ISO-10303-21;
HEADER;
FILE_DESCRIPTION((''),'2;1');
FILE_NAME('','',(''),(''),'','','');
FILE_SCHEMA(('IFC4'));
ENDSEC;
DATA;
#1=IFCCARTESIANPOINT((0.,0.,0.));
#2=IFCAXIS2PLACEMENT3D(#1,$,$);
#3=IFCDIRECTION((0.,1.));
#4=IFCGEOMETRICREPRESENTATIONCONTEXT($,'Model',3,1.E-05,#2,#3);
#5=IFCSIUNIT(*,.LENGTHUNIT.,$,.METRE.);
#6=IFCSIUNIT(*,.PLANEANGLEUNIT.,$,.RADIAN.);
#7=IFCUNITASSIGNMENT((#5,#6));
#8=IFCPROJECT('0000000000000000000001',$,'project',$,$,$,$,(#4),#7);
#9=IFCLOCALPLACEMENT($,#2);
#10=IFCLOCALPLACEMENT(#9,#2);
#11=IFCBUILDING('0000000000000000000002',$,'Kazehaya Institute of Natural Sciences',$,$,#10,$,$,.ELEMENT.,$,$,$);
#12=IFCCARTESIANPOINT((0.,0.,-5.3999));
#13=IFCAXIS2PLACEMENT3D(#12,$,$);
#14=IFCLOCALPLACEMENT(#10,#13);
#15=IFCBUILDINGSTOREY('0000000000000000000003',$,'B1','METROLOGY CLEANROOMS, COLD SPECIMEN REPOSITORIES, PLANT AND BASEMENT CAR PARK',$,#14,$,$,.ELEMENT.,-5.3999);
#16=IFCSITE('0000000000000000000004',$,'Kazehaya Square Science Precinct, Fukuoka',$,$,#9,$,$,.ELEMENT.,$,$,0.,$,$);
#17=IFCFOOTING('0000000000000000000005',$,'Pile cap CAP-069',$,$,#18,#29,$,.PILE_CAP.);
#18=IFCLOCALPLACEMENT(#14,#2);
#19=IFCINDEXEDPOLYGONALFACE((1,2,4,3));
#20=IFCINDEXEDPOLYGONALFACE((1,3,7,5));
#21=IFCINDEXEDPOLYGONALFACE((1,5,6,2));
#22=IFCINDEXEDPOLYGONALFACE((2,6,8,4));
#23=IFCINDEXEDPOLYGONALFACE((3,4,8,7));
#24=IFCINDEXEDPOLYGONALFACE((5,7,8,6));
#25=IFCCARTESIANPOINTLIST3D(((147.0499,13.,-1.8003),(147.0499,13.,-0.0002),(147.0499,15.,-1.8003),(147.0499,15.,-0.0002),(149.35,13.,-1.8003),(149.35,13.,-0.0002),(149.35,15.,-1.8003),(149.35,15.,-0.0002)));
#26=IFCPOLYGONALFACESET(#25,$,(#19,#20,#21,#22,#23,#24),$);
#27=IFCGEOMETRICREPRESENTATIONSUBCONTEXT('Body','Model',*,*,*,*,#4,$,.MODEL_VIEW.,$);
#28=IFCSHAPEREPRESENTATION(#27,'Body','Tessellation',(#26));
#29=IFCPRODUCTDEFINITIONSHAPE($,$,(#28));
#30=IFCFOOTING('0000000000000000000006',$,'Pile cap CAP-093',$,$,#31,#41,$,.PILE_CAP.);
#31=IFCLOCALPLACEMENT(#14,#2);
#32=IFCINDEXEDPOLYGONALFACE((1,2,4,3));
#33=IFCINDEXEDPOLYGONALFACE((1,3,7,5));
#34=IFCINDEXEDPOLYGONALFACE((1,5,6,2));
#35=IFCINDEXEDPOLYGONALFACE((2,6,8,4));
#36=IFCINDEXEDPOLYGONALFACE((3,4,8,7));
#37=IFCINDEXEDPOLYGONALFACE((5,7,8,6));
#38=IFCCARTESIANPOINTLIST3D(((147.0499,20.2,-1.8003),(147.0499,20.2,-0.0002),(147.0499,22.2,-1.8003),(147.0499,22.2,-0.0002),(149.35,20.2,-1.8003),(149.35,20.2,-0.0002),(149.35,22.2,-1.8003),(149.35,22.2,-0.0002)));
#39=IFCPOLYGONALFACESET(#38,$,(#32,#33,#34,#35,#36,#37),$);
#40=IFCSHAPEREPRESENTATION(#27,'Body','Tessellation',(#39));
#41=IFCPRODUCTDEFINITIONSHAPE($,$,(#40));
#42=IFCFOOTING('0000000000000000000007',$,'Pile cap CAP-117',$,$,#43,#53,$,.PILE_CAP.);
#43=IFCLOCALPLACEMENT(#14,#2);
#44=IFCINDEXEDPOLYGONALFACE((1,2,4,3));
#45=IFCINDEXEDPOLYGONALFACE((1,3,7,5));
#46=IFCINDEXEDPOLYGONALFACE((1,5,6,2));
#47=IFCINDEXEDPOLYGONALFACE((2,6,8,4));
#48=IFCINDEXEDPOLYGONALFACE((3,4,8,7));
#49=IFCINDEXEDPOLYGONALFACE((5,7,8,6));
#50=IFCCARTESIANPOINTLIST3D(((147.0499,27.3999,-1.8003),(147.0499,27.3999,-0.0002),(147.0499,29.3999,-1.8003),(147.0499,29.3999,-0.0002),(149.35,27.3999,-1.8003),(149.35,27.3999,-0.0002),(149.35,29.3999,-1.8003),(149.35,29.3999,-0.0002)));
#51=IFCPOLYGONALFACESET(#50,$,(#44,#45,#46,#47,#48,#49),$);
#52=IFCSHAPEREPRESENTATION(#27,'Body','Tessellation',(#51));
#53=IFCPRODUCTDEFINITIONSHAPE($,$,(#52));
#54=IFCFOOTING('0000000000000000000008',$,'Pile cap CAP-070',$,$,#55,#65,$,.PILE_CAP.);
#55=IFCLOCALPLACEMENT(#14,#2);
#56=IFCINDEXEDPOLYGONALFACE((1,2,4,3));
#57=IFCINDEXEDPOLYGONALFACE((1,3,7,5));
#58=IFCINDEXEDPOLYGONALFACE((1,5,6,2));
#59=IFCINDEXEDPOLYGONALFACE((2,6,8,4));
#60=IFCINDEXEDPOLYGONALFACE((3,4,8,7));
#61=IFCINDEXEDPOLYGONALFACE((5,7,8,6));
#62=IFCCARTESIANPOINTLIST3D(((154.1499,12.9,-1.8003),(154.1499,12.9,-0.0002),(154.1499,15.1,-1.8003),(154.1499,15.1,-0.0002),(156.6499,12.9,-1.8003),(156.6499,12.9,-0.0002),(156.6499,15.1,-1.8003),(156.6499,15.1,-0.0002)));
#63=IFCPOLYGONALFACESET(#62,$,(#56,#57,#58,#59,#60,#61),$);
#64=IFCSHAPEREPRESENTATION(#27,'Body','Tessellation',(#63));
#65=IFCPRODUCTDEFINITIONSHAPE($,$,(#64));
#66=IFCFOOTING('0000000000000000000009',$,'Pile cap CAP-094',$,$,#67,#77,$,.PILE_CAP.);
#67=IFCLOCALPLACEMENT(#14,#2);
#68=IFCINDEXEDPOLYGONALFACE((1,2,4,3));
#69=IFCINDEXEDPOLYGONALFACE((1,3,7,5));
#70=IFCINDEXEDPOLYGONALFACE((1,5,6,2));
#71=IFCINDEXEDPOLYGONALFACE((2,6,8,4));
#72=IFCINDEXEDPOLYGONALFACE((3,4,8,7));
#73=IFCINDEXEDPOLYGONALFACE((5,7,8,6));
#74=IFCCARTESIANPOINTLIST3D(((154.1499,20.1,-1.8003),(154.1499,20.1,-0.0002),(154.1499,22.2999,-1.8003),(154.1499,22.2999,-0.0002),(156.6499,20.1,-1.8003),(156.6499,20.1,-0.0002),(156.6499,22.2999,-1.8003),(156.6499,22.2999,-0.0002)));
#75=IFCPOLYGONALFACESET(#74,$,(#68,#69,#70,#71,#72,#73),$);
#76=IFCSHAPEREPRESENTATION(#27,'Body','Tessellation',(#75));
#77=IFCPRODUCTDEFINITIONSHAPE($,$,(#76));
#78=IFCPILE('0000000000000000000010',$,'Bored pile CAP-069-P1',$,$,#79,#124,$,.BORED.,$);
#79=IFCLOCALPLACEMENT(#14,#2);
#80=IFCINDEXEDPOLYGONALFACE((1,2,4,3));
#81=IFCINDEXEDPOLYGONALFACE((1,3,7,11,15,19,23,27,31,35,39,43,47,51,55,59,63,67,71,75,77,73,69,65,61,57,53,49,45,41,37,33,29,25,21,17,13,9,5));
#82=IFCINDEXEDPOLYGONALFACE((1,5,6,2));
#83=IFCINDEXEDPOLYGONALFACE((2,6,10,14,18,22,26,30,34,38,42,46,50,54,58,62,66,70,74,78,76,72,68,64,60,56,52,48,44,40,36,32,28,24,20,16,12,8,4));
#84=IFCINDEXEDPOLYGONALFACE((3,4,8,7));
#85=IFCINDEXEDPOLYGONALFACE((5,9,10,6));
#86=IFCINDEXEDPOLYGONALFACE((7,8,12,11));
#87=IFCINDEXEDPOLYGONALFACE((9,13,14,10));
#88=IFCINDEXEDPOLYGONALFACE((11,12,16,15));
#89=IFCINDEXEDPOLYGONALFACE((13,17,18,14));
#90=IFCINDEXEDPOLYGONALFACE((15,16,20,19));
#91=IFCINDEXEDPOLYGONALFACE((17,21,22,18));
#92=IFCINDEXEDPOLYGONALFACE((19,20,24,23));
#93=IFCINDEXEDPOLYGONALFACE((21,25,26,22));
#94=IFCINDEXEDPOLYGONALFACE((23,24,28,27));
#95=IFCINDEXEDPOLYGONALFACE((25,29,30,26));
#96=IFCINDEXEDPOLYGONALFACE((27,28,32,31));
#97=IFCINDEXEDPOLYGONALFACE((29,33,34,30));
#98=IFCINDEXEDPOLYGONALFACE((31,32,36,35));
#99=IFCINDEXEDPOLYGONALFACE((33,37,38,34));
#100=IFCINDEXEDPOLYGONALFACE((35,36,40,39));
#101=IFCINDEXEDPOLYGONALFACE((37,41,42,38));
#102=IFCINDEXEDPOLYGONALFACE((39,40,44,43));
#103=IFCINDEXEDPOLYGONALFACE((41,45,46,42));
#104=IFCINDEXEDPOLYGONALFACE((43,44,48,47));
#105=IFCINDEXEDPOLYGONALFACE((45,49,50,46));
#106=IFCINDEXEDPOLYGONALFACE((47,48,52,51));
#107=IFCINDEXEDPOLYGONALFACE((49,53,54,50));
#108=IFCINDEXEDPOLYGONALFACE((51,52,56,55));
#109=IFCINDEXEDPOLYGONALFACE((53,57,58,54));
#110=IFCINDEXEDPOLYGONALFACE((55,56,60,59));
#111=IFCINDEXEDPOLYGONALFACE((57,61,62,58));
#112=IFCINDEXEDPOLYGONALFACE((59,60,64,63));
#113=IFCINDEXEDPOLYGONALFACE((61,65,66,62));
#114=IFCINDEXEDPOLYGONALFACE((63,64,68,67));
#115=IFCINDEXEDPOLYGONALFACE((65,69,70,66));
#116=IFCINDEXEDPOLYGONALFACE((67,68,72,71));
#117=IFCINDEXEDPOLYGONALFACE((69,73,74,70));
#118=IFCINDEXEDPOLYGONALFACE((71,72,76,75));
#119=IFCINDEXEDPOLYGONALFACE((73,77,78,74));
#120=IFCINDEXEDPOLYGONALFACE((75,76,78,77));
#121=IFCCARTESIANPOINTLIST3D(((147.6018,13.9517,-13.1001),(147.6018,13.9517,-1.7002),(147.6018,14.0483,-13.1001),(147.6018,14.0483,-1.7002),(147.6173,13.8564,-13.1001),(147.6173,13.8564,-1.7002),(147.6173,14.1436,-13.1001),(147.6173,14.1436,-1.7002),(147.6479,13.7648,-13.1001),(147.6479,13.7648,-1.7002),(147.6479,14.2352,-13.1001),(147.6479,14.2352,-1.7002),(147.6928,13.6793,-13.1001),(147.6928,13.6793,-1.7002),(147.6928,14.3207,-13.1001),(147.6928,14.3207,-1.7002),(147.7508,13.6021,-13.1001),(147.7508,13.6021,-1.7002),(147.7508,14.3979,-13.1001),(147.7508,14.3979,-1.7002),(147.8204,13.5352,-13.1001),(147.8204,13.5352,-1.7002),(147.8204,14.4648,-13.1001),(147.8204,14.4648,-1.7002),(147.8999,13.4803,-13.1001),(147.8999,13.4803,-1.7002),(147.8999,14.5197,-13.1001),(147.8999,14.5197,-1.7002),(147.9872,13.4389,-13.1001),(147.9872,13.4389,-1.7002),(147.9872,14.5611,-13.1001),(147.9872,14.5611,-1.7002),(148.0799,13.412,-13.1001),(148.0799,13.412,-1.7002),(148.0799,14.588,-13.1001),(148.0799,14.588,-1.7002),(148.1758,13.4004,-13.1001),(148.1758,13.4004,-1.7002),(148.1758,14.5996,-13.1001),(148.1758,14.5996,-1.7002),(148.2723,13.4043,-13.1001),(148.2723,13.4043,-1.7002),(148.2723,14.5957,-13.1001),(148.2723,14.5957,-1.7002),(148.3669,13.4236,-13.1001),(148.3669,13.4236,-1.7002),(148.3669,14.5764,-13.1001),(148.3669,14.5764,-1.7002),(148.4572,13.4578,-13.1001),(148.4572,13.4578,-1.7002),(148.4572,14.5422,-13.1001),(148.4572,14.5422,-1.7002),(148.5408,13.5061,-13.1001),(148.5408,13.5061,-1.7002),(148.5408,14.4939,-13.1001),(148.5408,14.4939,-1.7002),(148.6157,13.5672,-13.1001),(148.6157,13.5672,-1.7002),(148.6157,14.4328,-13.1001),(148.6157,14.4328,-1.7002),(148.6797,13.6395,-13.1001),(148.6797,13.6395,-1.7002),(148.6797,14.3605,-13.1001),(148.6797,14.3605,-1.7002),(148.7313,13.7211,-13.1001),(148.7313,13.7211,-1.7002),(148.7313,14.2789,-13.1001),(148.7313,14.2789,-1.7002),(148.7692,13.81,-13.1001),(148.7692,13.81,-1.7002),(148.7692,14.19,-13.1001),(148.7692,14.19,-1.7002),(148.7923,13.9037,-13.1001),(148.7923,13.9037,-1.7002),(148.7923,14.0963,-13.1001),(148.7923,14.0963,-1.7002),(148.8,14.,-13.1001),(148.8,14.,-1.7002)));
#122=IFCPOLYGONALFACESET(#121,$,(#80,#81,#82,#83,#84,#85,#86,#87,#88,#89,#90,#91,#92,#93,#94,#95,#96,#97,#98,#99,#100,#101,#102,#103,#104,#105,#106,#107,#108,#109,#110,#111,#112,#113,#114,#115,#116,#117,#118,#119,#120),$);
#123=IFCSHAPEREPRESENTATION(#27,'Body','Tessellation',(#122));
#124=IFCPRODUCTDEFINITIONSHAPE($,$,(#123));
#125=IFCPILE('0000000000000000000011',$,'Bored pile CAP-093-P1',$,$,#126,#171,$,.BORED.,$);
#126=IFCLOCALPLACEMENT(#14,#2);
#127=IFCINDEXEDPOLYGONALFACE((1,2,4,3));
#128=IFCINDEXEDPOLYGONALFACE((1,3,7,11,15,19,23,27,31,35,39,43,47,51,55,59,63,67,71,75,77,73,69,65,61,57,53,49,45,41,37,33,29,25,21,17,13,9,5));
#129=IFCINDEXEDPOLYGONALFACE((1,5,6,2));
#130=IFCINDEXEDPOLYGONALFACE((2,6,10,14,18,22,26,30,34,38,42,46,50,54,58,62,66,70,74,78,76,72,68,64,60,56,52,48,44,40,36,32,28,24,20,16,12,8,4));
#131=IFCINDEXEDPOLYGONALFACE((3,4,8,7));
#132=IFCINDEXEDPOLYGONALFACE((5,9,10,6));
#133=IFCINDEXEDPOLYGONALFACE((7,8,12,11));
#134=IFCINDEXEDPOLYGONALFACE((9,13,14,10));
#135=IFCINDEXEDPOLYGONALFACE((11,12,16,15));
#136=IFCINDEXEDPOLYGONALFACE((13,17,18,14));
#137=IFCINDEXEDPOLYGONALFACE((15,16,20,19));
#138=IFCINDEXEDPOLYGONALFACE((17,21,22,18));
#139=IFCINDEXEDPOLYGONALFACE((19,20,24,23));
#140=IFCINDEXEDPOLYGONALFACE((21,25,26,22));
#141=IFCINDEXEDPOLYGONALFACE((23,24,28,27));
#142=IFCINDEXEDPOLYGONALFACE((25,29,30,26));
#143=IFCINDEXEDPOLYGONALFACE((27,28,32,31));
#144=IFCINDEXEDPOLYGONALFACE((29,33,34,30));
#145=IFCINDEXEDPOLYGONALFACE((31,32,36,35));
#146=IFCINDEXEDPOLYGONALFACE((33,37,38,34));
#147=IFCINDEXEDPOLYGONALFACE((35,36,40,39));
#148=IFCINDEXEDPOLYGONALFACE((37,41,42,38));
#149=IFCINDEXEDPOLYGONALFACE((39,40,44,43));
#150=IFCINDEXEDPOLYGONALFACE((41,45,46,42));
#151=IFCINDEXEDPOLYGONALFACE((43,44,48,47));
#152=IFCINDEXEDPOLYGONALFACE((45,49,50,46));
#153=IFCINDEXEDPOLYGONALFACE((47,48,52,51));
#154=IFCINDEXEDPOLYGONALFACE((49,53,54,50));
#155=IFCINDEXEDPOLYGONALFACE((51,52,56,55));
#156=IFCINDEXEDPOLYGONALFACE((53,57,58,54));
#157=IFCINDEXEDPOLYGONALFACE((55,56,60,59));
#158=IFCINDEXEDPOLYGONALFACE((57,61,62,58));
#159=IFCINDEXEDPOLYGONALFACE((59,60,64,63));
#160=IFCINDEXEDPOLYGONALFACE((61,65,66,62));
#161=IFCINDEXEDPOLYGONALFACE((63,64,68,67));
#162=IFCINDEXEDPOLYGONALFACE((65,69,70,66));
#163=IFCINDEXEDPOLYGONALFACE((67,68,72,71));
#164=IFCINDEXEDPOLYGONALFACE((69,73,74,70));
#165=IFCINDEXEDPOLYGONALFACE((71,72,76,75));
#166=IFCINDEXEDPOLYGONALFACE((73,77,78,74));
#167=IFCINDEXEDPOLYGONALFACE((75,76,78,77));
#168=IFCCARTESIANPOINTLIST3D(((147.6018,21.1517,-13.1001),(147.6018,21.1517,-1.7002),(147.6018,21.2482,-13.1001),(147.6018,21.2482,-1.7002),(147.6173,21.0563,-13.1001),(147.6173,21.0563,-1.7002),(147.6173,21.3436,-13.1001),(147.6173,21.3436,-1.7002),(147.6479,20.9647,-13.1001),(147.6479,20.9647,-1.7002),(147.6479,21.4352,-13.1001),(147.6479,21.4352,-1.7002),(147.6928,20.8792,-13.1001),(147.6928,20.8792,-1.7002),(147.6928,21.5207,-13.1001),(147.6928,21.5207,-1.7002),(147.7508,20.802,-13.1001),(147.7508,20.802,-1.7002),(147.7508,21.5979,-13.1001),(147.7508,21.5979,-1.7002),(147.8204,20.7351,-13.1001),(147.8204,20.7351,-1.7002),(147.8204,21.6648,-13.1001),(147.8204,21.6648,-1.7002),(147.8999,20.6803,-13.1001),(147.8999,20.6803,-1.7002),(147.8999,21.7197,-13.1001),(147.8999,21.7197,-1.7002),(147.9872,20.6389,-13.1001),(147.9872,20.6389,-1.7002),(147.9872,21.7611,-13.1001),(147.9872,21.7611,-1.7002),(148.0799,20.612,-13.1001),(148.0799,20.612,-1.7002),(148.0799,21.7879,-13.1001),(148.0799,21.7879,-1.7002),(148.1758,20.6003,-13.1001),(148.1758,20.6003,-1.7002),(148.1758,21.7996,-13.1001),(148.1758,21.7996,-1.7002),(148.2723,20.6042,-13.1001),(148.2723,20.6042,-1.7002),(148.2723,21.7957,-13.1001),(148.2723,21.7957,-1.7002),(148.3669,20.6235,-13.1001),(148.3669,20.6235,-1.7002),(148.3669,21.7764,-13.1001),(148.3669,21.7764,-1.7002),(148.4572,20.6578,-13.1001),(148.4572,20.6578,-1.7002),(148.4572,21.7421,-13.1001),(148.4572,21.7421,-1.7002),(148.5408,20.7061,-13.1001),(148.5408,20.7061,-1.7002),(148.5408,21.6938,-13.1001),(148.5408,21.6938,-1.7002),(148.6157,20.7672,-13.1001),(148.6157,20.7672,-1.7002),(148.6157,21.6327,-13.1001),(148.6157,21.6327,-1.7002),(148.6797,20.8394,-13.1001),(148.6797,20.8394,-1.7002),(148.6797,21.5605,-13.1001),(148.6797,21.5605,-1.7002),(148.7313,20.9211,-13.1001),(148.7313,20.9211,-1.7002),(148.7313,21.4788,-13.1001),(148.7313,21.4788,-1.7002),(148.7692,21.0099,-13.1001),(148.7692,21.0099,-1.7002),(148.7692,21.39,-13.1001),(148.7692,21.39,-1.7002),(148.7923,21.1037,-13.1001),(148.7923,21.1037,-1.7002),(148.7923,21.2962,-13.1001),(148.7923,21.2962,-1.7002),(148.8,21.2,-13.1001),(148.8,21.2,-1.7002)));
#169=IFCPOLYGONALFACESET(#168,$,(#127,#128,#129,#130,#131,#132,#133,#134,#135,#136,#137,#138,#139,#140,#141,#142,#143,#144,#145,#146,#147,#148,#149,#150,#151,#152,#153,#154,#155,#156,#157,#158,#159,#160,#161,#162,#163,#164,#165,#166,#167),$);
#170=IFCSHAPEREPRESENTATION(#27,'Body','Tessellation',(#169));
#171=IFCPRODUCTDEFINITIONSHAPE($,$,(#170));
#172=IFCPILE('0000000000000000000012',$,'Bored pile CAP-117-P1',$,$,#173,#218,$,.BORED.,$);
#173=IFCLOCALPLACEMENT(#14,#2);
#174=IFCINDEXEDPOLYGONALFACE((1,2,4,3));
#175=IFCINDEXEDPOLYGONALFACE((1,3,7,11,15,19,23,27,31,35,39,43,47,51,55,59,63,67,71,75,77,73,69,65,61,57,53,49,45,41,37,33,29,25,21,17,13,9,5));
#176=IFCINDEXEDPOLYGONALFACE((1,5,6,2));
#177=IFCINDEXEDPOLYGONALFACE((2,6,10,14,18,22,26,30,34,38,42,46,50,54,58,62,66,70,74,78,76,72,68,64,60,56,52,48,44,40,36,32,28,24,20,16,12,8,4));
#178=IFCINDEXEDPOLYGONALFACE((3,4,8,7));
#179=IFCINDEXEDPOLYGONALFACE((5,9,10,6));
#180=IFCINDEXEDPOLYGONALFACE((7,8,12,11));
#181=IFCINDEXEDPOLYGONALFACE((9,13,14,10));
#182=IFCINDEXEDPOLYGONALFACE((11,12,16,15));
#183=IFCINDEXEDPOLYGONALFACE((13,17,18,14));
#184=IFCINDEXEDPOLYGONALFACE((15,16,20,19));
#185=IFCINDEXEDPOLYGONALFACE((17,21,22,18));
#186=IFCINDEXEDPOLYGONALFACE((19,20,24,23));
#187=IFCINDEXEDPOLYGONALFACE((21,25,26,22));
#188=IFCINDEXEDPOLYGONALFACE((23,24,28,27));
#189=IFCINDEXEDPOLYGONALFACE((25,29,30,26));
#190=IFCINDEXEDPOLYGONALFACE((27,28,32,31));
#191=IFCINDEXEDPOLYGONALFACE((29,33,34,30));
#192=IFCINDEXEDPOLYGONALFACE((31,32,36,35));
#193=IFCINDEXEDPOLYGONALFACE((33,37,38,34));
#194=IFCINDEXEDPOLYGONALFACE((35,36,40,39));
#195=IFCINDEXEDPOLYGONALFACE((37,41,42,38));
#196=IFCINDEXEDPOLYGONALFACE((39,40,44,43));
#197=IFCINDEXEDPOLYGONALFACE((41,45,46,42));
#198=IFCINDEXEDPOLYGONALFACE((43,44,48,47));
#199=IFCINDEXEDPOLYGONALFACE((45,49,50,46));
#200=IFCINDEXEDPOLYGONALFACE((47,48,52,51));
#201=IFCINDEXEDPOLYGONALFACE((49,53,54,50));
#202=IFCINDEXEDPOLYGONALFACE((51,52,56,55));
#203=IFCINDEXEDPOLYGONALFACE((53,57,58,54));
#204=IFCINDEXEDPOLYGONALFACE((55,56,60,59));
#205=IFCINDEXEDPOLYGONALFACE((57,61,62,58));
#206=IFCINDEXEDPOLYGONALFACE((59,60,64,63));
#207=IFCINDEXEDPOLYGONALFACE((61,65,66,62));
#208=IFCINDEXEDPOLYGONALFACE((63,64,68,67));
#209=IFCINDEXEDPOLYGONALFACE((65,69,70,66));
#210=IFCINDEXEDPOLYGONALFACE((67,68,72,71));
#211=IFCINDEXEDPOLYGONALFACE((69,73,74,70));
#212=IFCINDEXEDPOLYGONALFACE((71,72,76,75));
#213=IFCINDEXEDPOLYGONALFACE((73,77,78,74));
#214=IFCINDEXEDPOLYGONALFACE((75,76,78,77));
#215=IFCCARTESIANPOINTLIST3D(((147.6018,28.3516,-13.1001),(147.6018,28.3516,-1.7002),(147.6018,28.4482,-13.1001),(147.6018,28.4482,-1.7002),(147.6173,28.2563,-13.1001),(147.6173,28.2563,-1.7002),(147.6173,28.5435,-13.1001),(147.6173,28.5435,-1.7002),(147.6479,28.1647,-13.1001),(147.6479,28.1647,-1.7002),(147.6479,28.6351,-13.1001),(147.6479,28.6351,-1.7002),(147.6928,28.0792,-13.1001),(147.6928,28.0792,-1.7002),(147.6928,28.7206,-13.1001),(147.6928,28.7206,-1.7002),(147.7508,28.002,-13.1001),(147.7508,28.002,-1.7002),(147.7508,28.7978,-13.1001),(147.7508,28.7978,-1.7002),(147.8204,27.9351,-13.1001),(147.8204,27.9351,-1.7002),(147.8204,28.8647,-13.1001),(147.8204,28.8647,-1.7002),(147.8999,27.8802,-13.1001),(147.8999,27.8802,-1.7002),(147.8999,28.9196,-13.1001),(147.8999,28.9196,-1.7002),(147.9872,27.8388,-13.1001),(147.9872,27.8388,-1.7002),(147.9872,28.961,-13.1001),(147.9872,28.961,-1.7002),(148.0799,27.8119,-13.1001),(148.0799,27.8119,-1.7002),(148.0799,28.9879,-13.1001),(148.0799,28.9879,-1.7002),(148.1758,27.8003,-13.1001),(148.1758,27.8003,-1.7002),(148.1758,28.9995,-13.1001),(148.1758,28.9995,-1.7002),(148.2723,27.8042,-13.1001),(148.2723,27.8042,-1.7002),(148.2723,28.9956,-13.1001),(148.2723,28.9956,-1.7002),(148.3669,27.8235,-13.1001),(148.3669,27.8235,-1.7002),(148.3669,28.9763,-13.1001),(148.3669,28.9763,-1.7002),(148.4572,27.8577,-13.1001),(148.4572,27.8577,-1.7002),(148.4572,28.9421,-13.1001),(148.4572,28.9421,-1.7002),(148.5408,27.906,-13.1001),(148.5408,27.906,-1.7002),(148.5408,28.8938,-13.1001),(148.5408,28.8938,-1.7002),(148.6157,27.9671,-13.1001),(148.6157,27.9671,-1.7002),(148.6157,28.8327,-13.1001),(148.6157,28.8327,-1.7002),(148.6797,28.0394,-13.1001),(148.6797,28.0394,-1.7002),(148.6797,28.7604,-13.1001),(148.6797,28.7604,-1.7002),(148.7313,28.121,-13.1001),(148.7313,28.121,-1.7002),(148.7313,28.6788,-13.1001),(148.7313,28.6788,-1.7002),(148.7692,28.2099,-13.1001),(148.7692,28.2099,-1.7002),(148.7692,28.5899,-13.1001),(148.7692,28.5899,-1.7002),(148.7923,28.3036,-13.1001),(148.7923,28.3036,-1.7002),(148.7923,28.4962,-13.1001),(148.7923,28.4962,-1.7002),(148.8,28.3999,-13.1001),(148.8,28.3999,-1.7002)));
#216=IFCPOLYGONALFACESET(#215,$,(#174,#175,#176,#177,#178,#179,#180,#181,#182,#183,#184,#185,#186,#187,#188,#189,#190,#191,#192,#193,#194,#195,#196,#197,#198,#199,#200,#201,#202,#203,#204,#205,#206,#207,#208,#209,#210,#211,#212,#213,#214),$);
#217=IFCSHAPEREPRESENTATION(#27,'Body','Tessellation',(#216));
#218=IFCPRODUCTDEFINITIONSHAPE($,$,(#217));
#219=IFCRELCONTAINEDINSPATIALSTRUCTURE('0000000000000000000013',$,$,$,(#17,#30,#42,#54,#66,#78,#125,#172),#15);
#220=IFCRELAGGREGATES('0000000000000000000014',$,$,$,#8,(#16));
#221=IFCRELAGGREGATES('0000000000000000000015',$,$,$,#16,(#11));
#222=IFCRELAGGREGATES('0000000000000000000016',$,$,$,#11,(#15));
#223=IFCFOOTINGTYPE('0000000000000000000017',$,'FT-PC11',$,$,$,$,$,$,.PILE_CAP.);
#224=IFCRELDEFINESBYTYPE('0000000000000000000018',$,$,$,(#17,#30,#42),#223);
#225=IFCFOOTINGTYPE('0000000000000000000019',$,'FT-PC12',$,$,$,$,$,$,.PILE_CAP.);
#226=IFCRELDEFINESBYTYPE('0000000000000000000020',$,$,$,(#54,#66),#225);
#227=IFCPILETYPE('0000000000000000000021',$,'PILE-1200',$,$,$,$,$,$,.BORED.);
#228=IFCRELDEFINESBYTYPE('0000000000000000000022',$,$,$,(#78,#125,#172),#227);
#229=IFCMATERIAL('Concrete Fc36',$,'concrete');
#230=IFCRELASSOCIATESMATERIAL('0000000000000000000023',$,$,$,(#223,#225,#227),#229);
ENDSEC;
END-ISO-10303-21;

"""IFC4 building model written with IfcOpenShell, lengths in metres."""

from ifc_helpers import new_model, si_unit, direction, frame, origin, origin_2d, place, context, subcontext, project, spatial, rectangle, circle, extrude, material, material_profile, profile_set, type_object, element, save


model = new_model("IFC4")

# Units and contexts
model_context = context("Model", 3, precision=1e-05, world=origin(), true_north=direction((0.0, 1.0)))
body_context = subcontext(model_context, "Body", "Model", "MODEL_VIEW")
ifc_project = project(units=[si_unit("LENGTHUNIT", "METRE"), si_unit("PLANEANGLEUNIT", "RADIAN")], contexts=[model_context])

# Site, building, storey
site_placement = place(None, origin())
site = spatial("IfcSite", under=ifc_project, at=site_placement, Name="Kazehaya Square Science Precinct, Fukuoka", CompositionType="ELEMENT", RefElevation=0.0)
building_placement = place(site_placement, origin())
building = spatial("IfcBuilding", under=site, at=building_placement, Name="Kazehaya Institute of Natural Sciences", CompositionType="ELEMENT")
storey_placement = place(building_placement, frame((0.0, 0.0, -5.3999)))
storey = spatial("IfcBuildingStorey", under=building, at=storey_placement, Name="B1", Description="METROLOGY CLEANROOMS, COLD SPECIMEN REPOSITORIES, PLANT AND BASEMENT CAR PARK", CompositionType="ELEMENT", Elevation=-5.3999)

# Footings
ifc_material_1 = material(Name="Concrete Fc36", Category="concrete")
footing_type_1 = type_object("IfcFootingType", Name="FT-PC11", PredefinedType="PILE_CAP", material=ifc_material_1)
for number, where, z_axis, x_axis, name in (
    (1, (148.2, 14.0, -1.8003), (0.0, 0.0, 1.0), (1.0, 0.0, 0.0), "Pile cap CAP-069"),
    (2, (148.2, 21.2, -1.8003), (0.0, 0.0, 1.0), (1.0, 0.0, 0.0), "Pile cap CAP-093"),
    (3, (148.2, 28.3999, -1.8003), (0.0, 0.0, 1.0), (1.0, 0.0, 0.0), "Pile cap CAP-117"),
):
    element("IfcFooting", number, at=place(storey_placement, frame(where, z_axis=z_axis, x_axis=x_axis)), inside=storey, type_object=footing_type_1, Name=name, PredefinedType="PILE_CAP", context=body_context, shape_type="SweptSolid", body=[
        extrude(rectangle(XDim=2.3, YDim=2.0, at=origin_2d()), origin(), (0.0, 0.0, 1.0), 1.8),
    ])
footing_type_2 = type_object("IfcFootingType", Name="FT-PC12", PredefinedType="PILE_CAP", material=ifc_material_1)
for number, where, z_axis, x_axis, name in (
    (4, (155.3999, 14.0, -1.8003), (0.0, 0.0, 1.0), (1.0, 0.0, 0.0), "Pile cap CAP-070"),
    (5, (155.3999, 21.2, -1.8003), (0.0, 0.0, 1.0), (1.0, 0.0, 0.0), "Pile cap CAP-094"),
):
    element("IfcFooting", number, at=place(storey_placement, frame(where, z_axis=z_axis, x_axis=x_axis)), inside=storey, type_object=footing_type_2, Name=name, PredefinedType="PILE_CAP", context=body_context, shape_type="SweptSolid", body=[
        extrude(rectangle(XDim=2.5, YDim=2.2, at=origin_2d()), origin(), (0.0, 0.0, 1.0), 1.8),
    ])

# Piles
ifc_material_profile_1 = material_profile(ifc_material_1, circle(Radius=0.6001, at=origin_2d()), Name="PILE-1200")
ifc_profile_set_1 = profile_set([ifc_material_profile_1], Name="Concrete Fc36")
pile_type_1 = type_object("IfcPileType", Name="PILE-1200", PredefinedType="BORED", material=ifc_profile_set_1)
for number, where, z_axis, x_axis, name in (
    (6, (148.2, 14.0, -1.7002), (0.0, 0.0, -1.0), (1.0, 0.0, 0.0), "Bored pile CAP-069-P1"),
    (7, (148.2, 21.2, -1.7002), (0.0, 0.0, -1.0), (1.0, 0.0, 0.0), "Bored pile CAP-093-P1"),
    (8, (148.2, 28.3999, -1.7002), (0.0, 0.0, -1.0), (1.0, 0.0, 0.0), "Bored pile CAP-117-P1"),
):
    element("IfcPile", number, at=place(storey_placement, frame(where, z_axis=z_axis, x_axis=x_axis)), inside=storey, type_object=pile_type_1, Name=name, PredefinedType="BORED", context=body_context, shape_type="SweptSolid", body=[
        extrude(circle(Radius=0.6001, at=origin_2d()), origin(), (0.0, 0.0, 1.0), 11.3999),
    ])

save(model, "model.ifc")
